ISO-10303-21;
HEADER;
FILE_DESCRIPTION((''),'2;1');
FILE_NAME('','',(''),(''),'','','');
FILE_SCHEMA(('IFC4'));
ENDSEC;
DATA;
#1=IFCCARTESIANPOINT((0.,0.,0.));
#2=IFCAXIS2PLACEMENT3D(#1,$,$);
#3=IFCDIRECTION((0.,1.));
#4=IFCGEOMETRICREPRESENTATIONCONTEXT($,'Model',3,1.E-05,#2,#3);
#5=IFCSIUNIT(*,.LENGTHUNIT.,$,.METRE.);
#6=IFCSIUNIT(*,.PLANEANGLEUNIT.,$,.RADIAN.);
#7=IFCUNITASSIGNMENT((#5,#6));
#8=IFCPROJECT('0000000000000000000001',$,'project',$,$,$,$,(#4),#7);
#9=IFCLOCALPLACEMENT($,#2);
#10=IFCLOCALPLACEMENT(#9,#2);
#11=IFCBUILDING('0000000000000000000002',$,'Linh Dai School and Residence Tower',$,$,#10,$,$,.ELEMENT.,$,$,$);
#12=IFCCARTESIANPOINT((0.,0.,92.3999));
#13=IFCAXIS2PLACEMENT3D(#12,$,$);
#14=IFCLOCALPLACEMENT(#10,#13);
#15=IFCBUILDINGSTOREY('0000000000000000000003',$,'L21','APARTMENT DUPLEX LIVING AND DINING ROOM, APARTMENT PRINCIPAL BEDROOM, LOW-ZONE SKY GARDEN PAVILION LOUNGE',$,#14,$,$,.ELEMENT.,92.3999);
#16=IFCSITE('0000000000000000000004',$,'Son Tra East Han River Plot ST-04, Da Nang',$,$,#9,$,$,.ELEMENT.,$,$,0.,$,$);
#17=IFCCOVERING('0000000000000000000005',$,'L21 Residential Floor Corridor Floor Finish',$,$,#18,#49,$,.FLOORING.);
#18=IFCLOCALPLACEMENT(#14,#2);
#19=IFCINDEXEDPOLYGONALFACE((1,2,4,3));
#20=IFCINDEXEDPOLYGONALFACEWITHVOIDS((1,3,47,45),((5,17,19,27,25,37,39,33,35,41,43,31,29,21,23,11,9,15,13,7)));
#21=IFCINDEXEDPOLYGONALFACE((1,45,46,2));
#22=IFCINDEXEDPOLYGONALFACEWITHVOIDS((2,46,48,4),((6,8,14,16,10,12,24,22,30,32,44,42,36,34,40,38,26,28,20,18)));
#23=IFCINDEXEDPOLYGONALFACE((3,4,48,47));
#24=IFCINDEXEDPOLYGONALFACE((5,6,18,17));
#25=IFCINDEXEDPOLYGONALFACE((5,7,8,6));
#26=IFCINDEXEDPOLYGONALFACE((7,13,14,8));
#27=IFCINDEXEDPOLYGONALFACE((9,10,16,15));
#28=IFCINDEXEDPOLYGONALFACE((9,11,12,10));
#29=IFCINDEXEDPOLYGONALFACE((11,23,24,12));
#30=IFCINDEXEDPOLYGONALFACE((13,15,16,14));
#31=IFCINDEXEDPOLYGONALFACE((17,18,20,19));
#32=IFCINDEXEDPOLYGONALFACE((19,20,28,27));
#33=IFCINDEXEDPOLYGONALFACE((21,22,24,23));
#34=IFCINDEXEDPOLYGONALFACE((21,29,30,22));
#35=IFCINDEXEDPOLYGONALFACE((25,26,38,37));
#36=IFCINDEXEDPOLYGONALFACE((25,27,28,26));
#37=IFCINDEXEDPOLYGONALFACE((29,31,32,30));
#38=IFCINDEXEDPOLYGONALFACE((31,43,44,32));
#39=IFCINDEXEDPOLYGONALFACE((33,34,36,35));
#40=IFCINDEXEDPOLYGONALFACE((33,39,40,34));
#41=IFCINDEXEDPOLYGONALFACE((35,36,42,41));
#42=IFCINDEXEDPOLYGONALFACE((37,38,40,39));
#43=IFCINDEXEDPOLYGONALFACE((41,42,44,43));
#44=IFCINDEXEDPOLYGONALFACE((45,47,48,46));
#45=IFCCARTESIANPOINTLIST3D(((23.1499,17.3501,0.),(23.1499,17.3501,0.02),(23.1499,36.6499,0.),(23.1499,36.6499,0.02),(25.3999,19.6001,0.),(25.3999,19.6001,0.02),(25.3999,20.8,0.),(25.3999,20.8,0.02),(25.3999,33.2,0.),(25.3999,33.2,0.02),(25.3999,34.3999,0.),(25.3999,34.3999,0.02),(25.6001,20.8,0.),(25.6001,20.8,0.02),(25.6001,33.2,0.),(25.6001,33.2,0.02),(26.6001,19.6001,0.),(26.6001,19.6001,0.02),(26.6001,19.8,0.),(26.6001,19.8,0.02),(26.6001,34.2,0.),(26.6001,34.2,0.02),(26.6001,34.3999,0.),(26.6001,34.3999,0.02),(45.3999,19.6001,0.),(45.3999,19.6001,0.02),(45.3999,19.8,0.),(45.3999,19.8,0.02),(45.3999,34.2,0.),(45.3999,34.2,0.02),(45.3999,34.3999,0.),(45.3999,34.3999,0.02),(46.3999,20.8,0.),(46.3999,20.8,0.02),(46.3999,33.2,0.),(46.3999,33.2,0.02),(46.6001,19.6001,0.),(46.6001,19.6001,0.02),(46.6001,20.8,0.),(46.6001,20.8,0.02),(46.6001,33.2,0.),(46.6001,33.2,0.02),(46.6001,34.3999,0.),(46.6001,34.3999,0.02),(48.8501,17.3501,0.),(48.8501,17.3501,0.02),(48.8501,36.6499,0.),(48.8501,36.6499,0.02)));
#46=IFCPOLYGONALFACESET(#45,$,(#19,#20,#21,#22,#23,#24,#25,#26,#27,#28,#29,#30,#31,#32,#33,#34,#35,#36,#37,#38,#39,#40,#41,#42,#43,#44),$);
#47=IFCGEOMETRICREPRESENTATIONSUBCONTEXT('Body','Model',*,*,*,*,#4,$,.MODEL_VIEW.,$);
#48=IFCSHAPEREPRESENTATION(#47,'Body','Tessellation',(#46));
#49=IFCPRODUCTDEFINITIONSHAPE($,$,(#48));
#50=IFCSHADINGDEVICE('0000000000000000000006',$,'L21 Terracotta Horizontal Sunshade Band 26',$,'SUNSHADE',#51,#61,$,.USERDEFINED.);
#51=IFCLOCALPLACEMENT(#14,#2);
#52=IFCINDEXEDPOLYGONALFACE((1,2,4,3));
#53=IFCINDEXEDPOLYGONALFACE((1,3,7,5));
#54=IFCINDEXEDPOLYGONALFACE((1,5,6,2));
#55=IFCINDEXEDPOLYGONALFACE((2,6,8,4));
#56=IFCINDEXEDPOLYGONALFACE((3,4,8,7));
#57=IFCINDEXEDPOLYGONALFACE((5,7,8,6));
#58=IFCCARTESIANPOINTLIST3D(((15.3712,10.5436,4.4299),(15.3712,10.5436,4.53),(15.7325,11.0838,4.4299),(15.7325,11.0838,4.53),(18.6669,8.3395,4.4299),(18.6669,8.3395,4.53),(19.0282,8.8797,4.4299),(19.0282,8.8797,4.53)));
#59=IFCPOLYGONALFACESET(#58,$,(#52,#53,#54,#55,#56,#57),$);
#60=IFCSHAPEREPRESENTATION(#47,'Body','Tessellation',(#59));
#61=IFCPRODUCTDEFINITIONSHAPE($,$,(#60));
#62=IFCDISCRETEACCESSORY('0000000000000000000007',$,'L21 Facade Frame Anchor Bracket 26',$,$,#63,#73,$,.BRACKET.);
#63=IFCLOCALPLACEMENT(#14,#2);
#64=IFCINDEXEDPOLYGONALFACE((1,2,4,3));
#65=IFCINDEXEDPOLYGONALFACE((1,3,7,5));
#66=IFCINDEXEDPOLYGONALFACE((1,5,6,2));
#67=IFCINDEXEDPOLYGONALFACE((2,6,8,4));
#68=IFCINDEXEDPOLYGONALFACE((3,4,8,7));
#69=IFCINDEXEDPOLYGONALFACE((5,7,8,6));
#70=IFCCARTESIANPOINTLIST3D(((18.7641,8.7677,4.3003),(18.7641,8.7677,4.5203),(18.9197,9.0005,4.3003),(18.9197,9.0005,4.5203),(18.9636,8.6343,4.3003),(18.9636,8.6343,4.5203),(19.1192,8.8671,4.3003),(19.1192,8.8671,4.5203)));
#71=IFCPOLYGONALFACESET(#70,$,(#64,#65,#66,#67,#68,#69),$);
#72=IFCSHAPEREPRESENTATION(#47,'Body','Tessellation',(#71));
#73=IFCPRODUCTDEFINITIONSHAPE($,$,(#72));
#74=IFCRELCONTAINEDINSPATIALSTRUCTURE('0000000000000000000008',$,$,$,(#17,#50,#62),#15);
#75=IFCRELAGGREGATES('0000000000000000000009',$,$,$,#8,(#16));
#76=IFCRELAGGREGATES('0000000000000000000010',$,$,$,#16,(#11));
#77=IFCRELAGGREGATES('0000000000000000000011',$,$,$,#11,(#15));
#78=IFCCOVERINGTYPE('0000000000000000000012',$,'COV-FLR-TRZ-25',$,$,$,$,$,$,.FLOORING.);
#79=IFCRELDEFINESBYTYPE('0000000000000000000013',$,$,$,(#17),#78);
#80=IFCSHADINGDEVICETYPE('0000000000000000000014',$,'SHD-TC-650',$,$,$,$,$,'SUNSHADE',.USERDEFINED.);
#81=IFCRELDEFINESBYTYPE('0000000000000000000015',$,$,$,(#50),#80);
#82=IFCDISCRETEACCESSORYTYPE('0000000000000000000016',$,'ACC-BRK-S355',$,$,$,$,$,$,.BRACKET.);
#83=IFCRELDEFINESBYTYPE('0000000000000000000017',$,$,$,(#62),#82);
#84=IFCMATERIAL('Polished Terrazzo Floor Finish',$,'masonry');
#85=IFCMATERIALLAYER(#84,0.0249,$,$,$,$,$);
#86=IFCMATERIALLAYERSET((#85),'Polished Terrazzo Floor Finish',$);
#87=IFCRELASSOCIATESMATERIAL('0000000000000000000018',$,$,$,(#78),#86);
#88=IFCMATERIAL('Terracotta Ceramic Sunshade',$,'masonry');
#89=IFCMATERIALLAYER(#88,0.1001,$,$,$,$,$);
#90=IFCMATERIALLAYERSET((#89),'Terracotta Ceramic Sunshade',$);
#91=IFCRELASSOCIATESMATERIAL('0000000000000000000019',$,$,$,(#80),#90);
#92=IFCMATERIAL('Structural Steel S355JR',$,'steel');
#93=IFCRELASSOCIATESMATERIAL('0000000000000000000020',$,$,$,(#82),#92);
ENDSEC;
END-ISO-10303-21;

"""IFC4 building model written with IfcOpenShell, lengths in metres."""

from ifc_helpers import new_model, si_unit, direction, frame, origin, origin_2d, place, context, subcontext, project, spatial, polyline, rectangle, outline, extrude, source, transform, mapped, material, layer, layer_set, type_object, element, save


model = new_model("IFC4")

# Units and contexts
model_context = context("Model", 3, precision=1e-05, world=origin(), true_north=direction((0.0, 1.0)))
body_context = subcontext(model_context, "Body", "Model", "MODEL_VIEW")
ifc_project = project(units=[si_unit("LENGTHUNIT", "METRE"), si_unit("PLANEANGLEUNIT", "RADIAN")], contexts=[model_context])

# Site, building, storey
site_placement = place(None, origin())
site = spatial("IfcSite", under=ifc_project, at=site_placement, Name="Son Tra East Han River Plot ST-04, Da Nang", CompositionType="ELEMENT", RefElevation=0.0)
building_placement = place(site_placement, origin())
building = spatial("IfcBuilding", under=site, at=building_placement, Name="Linh Dai School and Residence Tower", CompositionType="ELEMENT")
storey_placement = place(building_placement, frame((0.0, 0.0, 92.3999)))
storey = spatial("IfcBuildingStorey", under=building, at=storey_placement, Name="L21", Description="APARTMENT DUPLEX LIVING AND DINING ROOM, APARTMENT PRINCIPAL BEDROOM, LOW-ZONE SKY GARDEN PAVILION LOUNGE", CompositionType="ELEMENT", Elevation=92.3999)

# Shared definitions
ifc_material_1 = material(Name="Structural Steel S355JR", Category="steel")

# Covering
ifc_material_2 = material(Name="Polished Terrazzo Floor Finish", Category="masonry")
ifc_layer_1 = layer(ifc_material_2, 0.0249)
ifc_layer_set_1 = layer_set([ifc_layer_1], Name="Polished Terrazzo Floor Finish")
covering_type_1 = type_object("IfcCoveringType", Name="COV-FLR-TRZ-25", PredefinedType="FLOORING", material=ifc_layer_set_1)
covering_1_placement = place(storey_placement, origin())
element("IfcCovering", 1, at=covering_1_placement, inside=storey, type_object=covering_type_1, Name="L21 Residential Floor Corridor Floor Finish", PredefinedType="FLOORING", context=body_context, shape_type="SweptSolid", body=[
    extrude(outline(polyline([(48.8501, 36.6499), (48.8501, 17.3501), (23.1499, 17.3501), (23.1499, 36.6499), (48.8501, 36.6499)]), holes=[polyline([(26.6001, 34.2), (26.6001, 34.3999), (25.3999, 34.3999), (25.3999, 33.2), (25.6001, 33.2), (25.6001, 20.8), (25.3999, 20.8), (25.3999, 19.6001), (26.6001, 19.6001), (26.6001, 19.8), (45.3999, 19.8), (45.3999, 19.6001), (46.6001, 19.6001), (46.6001, 20.8), (46.3999, 20.8), (46.3999, 33.2), (46.6001, 33.2), (46.6001, 34.3999), (45.3999, 34.3999), (45.3999, 34.2), (26.6001, 34.2)])]), origin(), (0.0, 0.0, 1.0), 0.02),
])

# Shading device
ifc_material_3 = material(Name="Terracotta Ceramic Sunshade", Category="masonry")
ifc_layer_2 = layer(ifc_material_3, 0.1001)
ifc_layer_set_2 = layer_set([ifc_layer_2], Name="Terracotta Ceramic Sunshade")
shading_device_type = type_object("IfcShadingDeviceType", Name="SHD-TC-650", ElementType="SUNSHADE", PredefinedType="USERDEFINED", material=ifc_layer_set_2)
shared_shape_1 = source(origin(), body_context, "Body", "SweptSolid", [
    extrude(rectangle(XDim=3.9648, YDim=0.6499, at=origin_2d()), origin(), (0.0, 0.0, 1.0), 0.1001),
])
shading_device_placement = place(storey_placement, frame((17.1997, 9.7117, 4.4299), z_axis=(0.0, 0.0, 1.0), x_axis=(-0.83124, 0.555913, 0.0)))
element("IfcShadingDevice", 2, at=shading_device_placement, inside=storey, type_object=shading_device_type, Name="L21 Terracotta Horizontal Sunshade Band 26", ObjectType="SUNSHADE", PredefinedType="USERDEFINED", context=body_context, shape_type="MappedRepresentation", body=[
    mapped(shared_shape_1, transform((0.0, 0.0, 0.0), x_axis=(1.0, 0.0, 0.0), y_axis=(0.0, 1.0, 0.0), z_axis=(0.0, 0.0, 1.0), scale=1.0)),
])

# Discrete accessory
discrete_accessory_type = type_object("IfcDiscreteAccessoryType", Name="ACC-BRK-S355", PredefinedType="BRACKET", material=ifc_material_1)
shared_shape_2 = source(origin(), body_context, "Body", "SweptSolid", [
    extrude(rectangle(XDim=0.28, YDim=0.24, at=origin_2d()), origin(), (0.0, 0.0, 1.0), 0.22),
])
discrete_accessory_placement = place(storey_placement, frame((18.9417, 8.8174, 4.3003), z_axis=(0.0, 0.0, 1.0), x_axis=(-0.555913, -0.83124, 0.0)))
element("IfcDiscreteAccessory", 3, at=discrete_accessory_placement, inside=storey, type_object=discrete_accessory_type, Name="L21 Facade Frame Anchor Bracket 26", PredefinedType="BRACKET", context=body_context, shape_type="MappedRepresentation", body=[
    mapped(shared_shape_2, transform((0.0, 0.0, 0.0), x_axis=(1.0, 0.0, 0.0), y_axis=(0.0, 1.0, 0.0), z_axis=(0.0, 0.0, 1.0), scale=1.0)),
])

save(model, "model.ifc")
